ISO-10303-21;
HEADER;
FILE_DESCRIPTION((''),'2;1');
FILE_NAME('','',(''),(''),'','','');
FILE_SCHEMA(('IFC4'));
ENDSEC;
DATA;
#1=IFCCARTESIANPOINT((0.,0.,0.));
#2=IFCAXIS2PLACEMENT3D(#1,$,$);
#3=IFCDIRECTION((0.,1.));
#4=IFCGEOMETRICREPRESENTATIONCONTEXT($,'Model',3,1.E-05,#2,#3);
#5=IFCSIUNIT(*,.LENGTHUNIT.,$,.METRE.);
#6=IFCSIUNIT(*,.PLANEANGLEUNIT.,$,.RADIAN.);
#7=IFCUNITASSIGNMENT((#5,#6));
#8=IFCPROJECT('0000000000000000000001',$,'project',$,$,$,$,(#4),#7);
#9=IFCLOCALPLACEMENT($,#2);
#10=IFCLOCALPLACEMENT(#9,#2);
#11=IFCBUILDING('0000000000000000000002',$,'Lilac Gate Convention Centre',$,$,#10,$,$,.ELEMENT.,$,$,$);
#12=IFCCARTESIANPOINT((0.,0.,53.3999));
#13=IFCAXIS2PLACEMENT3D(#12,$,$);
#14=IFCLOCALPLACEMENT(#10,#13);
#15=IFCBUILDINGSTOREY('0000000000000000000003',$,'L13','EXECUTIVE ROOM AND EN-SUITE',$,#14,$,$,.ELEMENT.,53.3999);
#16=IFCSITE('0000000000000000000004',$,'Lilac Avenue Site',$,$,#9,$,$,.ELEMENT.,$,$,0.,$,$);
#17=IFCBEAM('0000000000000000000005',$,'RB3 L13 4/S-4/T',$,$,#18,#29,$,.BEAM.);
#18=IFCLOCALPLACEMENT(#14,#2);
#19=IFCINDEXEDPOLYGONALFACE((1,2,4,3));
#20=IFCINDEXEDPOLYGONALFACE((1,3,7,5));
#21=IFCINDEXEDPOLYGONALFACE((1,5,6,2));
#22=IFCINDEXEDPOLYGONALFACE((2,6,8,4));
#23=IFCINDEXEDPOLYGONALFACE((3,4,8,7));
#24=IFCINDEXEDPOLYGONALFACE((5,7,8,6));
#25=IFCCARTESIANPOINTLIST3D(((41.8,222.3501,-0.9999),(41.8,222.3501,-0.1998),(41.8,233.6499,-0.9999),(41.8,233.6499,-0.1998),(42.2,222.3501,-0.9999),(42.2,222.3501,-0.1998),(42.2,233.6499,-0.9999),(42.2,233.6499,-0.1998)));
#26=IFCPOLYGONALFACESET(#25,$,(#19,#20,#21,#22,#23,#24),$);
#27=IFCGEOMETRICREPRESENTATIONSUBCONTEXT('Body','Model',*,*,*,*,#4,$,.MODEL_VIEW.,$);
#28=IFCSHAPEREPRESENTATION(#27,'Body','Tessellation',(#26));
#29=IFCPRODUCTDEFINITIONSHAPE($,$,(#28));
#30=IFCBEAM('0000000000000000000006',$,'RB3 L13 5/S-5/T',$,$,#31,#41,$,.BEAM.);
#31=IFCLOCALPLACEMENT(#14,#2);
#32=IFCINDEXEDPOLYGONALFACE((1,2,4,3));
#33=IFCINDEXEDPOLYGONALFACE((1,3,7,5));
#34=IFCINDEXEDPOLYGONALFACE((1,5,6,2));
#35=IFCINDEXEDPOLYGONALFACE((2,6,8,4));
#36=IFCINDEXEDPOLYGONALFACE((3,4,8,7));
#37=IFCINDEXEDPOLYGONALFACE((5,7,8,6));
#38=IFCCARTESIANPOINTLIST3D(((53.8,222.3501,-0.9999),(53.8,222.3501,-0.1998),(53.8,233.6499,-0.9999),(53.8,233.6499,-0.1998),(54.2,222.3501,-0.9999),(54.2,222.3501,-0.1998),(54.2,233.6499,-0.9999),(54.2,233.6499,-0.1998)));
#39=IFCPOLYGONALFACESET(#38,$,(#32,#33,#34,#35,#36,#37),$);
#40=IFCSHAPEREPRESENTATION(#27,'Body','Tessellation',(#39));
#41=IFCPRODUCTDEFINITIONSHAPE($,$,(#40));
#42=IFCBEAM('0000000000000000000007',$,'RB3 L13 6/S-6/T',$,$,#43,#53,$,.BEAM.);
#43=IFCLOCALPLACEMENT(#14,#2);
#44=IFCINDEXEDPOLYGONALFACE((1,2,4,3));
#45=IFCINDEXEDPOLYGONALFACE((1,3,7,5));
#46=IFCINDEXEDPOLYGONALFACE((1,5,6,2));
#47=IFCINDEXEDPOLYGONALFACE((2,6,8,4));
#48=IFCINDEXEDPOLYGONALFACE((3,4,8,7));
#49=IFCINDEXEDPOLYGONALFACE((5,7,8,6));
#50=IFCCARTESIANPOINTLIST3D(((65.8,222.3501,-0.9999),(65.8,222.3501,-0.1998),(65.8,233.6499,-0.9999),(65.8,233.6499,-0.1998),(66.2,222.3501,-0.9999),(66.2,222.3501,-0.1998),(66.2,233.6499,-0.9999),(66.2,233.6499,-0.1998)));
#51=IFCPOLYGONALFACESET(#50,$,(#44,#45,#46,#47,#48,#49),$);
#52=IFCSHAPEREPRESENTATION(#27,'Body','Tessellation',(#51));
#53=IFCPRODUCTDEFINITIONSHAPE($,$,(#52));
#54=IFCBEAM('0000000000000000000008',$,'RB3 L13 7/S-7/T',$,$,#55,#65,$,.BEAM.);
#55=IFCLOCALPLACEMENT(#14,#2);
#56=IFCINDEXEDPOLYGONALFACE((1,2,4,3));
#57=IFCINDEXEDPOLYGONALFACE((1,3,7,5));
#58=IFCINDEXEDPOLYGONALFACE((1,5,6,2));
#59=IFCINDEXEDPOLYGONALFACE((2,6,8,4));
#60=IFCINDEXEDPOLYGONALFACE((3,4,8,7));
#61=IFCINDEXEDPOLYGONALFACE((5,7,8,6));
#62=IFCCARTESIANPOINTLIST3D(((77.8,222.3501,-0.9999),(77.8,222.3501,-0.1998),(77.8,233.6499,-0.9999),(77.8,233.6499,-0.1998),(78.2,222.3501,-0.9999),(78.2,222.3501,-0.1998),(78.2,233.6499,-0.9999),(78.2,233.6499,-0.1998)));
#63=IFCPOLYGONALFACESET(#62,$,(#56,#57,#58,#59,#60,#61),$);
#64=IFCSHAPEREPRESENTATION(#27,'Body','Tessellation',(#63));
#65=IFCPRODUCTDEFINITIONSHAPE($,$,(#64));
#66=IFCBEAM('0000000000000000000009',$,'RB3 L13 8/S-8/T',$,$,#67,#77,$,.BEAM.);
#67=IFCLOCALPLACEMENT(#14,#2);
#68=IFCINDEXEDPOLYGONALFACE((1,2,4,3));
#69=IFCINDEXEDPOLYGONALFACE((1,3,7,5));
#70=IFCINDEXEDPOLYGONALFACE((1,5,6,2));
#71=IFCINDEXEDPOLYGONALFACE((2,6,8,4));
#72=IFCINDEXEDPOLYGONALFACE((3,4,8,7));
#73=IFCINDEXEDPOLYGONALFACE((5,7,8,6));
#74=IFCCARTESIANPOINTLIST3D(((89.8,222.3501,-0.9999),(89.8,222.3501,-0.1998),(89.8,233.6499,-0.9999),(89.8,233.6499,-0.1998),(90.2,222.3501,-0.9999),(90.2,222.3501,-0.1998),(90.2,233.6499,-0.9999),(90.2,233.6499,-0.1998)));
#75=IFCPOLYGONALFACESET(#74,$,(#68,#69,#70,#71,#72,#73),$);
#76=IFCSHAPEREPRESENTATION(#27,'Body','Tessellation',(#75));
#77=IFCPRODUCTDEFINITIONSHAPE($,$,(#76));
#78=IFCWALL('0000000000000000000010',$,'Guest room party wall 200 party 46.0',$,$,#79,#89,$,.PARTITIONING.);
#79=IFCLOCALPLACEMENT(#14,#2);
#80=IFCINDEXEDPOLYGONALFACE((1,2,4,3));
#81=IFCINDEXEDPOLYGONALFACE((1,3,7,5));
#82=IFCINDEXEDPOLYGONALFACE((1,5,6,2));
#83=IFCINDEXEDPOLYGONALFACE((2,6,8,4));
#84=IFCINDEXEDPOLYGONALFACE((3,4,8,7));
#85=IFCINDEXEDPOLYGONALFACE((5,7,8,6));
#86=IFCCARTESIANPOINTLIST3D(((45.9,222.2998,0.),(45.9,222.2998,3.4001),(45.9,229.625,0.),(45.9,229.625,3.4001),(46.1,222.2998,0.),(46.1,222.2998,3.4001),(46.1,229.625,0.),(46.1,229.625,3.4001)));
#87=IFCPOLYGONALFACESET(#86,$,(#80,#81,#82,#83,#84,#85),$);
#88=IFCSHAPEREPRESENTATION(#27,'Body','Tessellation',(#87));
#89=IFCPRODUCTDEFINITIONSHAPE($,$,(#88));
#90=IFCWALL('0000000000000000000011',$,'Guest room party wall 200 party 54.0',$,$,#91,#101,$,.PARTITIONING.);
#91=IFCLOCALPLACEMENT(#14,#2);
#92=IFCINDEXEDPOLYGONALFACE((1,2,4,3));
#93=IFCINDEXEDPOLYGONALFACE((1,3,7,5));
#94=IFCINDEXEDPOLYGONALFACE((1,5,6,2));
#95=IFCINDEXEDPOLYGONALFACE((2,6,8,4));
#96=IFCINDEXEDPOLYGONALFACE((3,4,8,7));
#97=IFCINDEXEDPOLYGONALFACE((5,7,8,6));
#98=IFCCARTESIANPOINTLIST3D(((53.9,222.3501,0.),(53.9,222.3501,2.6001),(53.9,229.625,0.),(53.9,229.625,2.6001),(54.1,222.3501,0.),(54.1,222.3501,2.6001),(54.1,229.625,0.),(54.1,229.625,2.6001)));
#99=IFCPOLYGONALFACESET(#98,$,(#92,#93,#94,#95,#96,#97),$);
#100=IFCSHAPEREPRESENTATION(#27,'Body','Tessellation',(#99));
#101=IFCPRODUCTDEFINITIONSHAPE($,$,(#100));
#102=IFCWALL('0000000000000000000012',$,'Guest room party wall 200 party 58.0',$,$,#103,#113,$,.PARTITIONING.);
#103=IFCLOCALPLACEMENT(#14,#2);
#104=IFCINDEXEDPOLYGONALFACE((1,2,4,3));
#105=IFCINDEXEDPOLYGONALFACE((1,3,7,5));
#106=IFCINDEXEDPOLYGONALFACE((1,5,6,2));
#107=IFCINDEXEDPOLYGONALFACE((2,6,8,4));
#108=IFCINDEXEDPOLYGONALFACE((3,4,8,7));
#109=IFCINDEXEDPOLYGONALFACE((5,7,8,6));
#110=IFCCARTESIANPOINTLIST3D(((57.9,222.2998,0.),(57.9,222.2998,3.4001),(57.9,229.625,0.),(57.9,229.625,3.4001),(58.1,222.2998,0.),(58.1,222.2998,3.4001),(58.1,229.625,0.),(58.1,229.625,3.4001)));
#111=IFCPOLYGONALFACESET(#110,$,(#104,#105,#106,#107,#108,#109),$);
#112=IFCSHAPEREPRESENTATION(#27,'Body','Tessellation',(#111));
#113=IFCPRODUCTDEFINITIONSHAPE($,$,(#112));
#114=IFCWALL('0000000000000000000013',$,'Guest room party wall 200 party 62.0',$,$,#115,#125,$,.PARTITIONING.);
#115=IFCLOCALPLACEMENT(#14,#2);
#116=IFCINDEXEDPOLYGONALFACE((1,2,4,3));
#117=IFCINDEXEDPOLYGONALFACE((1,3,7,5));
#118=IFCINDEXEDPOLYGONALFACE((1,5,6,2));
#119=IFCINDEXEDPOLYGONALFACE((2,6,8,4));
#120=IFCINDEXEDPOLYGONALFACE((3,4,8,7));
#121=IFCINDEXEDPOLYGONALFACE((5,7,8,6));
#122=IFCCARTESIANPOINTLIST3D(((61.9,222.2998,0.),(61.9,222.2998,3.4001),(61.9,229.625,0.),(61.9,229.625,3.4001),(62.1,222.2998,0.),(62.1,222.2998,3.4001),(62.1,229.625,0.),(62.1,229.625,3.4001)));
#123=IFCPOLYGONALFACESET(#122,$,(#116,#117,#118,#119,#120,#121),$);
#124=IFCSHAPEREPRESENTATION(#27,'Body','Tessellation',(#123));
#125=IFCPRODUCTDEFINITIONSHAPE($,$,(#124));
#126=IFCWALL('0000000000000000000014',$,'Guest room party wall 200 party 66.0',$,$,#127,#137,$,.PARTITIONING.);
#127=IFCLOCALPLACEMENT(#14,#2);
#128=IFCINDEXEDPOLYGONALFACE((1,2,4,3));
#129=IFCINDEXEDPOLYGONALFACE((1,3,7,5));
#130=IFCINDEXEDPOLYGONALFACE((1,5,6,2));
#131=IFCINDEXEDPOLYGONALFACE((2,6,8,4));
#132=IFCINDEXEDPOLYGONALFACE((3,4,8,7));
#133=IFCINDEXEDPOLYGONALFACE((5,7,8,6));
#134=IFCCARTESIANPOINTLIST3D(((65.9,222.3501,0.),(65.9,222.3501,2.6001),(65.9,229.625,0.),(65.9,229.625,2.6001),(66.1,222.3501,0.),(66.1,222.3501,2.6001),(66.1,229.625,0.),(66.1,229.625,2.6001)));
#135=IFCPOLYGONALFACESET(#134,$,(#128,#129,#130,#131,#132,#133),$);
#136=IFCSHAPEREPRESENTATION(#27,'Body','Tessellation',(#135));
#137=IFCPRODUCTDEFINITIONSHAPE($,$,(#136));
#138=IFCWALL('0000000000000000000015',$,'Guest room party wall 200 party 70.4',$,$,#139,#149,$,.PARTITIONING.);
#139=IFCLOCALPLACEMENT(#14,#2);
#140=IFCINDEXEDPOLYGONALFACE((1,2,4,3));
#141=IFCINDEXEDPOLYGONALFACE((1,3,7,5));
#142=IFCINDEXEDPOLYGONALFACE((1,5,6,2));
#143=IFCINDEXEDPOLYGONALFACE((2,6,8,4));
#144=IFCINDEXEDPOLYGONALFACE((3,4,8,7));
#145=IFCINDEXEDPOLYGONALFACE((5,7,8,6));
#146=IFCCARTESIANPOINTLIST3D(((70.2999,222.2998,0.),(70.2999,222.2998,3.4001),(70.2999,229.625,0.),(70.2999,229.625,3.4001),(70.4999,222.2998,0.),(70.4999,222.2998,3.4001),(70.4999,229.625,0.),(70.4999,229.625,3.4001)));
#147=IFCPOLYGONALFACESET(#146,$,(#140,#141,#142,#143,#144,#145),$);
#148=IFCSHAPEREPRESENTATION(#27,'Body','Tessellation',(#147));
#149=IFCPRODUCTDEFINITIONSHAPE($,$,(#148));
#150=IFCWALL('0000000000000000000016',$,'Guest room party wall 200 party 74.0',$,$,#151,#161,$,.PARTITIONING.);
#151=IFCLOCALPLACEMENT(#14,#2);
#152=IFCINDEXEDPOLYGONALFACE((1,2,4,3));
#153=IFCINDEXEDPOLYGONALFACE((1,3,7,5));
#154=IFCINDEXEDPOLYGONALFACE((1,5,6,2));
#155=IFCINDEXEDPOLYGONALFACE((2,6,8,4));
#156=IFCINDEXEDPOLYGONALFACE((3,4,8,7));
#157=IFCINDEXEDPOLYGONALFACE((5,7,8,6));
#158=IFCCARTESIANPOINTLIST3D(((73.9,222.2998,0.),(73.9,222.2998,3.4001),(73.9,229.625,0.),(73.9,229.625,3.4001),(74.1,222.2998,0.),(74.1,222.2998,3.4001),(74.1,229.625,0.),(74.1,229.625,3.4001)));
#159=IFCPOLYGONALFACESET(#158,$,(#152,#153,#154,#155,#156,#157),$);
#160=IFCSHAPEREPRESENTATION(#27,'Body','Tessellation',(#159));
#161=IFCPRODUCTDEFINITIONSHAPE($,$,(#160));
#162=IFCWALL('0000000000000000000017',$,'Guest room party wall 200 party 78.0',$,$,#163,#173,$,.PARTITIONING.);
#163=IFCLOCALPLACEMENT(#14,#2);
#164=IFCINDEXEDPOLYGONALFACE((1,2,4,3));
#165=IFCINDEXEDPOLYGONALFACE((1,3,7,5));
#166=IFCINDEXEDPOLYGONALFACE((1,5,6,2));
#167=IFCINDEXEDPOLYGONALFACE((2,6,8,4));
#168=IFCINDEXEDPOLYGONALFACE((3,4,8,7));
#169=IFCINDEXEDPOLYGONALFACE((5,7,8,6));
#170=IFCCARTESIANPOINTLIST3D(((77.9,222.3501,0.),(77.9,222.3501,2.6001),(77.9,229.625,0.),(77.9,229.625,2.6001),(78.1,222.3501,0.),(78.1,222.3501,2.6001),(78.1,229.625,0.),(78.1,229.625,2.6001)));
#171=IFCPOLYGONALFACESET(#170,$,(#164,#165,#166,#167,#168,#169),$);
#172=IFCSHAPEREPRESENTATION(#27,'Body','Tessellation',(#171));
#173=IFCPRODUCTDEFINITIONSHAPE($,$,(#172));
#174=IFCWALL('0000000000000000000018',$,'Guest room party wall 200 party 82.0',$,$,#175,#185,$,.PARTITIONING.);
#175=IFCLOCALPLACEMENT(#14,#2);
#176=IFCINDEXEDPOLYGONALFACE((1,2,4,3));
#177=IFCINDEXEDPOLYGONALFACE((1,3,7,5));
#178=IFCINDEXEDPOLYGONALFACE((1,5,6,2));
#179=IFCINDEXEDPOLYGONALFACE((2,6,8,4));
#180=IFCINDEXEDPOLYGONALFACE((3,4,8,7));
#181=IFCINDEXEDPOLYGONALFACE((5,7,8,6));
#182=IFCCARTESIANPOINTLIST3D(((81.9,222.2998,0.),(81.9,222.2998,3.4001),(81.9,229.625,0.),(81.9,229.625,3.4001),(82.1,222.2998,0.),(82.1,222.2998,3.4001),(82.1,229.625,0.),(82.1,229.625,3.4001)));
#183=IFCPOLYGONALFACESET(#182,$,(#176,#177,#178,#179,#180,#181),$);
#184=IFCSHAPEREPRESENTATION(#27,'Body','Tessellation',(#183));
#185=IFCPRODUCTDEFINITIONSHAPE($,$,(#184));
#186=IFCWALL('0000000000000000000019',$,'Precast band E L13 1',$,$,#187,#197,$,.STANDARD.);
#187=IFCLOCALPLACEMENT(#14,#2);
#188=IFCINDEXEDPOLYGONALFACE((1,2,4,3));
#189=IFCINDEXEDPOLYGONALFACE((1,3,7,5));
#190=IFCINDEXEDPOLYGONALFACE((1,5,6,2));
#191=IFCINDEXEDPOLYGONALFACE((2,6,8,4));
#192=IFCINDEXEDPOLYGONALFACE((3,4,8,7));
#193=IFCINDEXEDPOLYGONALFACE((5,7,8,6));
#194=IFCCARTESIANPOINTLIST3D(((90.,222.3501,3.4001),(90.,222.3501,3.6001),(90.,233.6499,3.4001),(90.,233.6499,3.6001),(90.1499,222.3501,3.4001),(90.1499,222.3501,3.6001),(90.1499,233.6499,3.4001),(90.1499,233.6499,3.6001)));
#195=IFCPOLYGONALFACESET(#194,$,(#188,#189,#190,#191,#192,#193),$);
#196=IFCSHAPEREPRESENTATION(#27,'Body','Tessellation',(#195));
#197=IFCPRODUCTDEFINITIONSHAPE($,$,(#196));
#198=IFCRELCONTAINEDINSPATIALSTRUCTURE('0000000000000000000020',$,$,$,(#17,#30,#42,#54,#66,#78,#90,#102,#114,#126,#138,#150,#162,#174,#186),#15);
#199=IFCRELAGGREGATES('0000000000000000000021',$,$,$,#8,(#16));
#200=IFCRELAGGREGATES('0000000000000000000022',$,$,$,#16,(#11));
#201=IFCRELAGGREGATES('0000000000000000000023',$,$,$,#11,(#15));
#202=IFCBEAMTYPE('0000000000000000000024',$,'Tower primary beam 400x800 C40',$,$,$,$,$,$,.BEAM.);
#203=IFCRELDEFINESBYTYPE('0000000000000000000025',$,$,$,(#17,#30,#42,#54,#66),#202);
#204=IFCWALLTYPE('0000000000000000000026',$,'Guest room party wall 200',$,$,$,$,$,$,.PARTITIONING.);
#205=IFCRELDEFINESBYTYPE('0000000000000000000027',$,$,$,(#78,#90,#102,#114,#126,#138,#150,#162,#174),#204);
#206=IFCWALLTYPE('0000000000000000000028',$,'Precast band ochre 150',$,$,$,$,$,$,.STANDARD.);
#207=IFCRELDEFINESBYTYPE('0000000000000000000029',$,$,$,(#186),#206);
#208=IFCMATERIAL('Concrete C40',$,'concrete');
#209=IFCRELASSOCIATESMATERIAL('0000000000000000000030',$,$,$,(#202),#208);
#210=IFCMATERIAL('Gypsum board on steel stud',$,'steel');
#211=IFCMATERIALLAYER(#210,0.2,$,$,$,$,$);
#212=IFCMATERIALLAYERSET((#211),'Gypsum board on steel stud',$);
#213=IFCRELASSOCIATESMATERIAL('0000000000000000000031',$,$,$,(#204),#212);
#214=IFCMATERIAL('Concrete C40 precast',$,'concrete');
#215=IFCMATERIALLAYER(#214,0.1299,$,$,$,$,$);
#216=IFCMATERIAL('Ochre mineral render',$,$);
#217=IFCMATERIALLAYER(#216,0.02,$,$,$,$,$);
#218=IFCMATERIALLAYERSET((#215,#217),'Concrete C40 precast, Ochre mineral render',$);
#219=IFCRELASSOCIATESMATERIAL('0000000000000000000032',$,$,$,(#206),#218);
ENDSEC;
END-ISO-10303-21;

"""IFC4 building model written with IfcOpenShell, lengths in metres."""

from ifc_helpers import new_model, si_unit, direction, frame, frame_2d, origin, origin_2d, place, context, subcontext, project, spatial, rectangle, extrude, material, layer, layer_set, material_profile, profile_set, type_object, element, save


model = new_model("IFC4")

# Units and contexts
model_context = context("Model", 3, precision=1e-05, world=origin(), true_north=direction((0.0, 1.0)))
body_context = subcontext(model_context, "Body", "Model", "MODEL_VIEW")
ifc_project = project(units=[si_unit("LENGTHUNIT", "METRE"), si_unit("PLANEANGLEUNIT", "RADIAN")], contexts=[model_context])

# Site, building, storey
site_placement = place(None, origin())
site = spatial("IfcSite", under=ifc_project, at=site_placement, Name="Lilac Avenue Site", CompositionType="ELEMENT", RefElevation=0.0)
building_placement = place(site_placement, origin())
building = spatial("IfcBuilding", under=site, at=building_placement, Name="Lilac Gate Convention Centre", CompositionType="ELEMENT")
storey_placement = place(building_placement, frame((0.0, 0.0, 53.3999)))
storey = spatial("IfcBuildingStorey", under=building, at=storey_placement, Name="L13", Description="EXECUTIVE ROOM AND EN-SUITE", CompositionType="ELEMENT", Elevation=53.3999)

# Beams
ifc_material_1 = material(Name="Concrete C40", Category="concrete")
ifc_material_profile = material_profile(ifc_material_1, rectangle(XDim=0.3999, YDim=0.8, at=origin_2d()), Name="RC 400x800")
ifc_profile_set = profile_set([ifc_material_profile], Name="Concrete C40")
beam_type = type_object("IfcBeamType", Name="Tower primary beam 400x800 C40", PredefinedType="BEAM", material=ifc_profile_set)
for number, where, z_axis, x_axis, name in (
    (1, (42.0, 222.3501, -0.5999), (0.0, 1.0, 0.0), (-1.0, 0.0, 0.0), "RB3 L13 4/S-4/T"),
    (2, (54.0, 222.3501, -0.5999), (0.0, 1.0, 0.0), (-1.0, 0.0, 0.0), "RB3 L13 5/S-5/T"),
    (3, (66.0, 222.3501, -0.5999), (0.0, 1.0, 0.0), (-1.0, 0.0, 0.0), "RB3 L13 6/S-6/T"),
    (4, (78.0, 222.3501, -0.5999), (0.0, 1.0, 0.0), (-1.0, 0.0, 0.0), "RB3 L13 7/S-7/T"),
    (5, (90.0, 222.3501, -0.5999), (0.0, 1.0, 0.0), (-1.0, 0.0, 0.0), "RB3 L13 8/S-8/T"),
):
    element("IfcBeam", number, at=place(storey_placement, frame(where, z_axis=z_axis, x_axis=x_axis)), inside=storey, type_object=beam_type, Name=name, PredefinedType="BEAM", context=body_context, shape_type="SweptSolid", body=[
        extrude(rectangle(XDim=0.3999, YDim=0.8, at=origin_2d()), origin(), (0.0, 0.0, 1.0), 11.2998),
    ])

# Walls
ifc_material_2 = material(Name="Gypsum board on steel stud", Category="steel")
ifc_layer_1 = layer(ifc_material_2, 0.2)
ifc_layer_set_1 = layer_set([ifc_layer_1], Name="Gypsum board on steel stud")
wall_type_1 = type_object("IfcWallType", Name="Guest room party wall 200", PredefinedType="PARTITIONING", material=ifc_layer_set_1)
wall_1_placement = place(storey_placement, frame((46.0, 222.2998, 0.0), z_axis=(0.0, 0.0, 1.0), x_axis=(0.0, 1.0, 0.0)))
element("IfcWall", 6, at=wall_1_placement, inside=storey, type_object=wall_type_1, Name="Guest room party wall 200 party 46.0", PredefinedType="PARTITIONING", context=body_context, shape_type="SweptSolid", body=[
    extrude(rectangle(XDim=7.3252, YDim=0.2, at=frame_2d((3.6626, 0.0))), origin(), (0.0, 0.0, 1.0), 3.4001),
])
wall_2_placement = place(storey_placement, frame((54.0, 222.3501, 0.0), z_axis=(0.0, 0.0, 1.0), x_axis=(0.0, 1.0, 0.0)))
element("IfcWall", 7, at=wall_2_placement, inside=storey, type_object=wall_type_1, Name="Guest room party wall 200 party 54.0", PredefinedType="PARTITIONING", context=body_context, shape_type="SweptSolid", body=[
    extrude(rectangle(XDim=7.2749, YDim=0.2, at=frame_2d((3.6375, 0.0))), origin(), (0.0, 0.0, 1.0), 2.6001),
])
for number, where, z_axis, x_axis, name in (
    (8, (58.0, 222.2998, 0.0), (0.0, 0.0, 1.0), (0.0, 1.0, 0.0), "Guest room party wall 200 party 58.0"),
    (9, (62.0, 222.2998, 0.0), (0.0, 0.0, 1.0), (0.0, 1.0, 0.0), "Guest room party wall 200 party 62.0"),
):
    element("IfcWall", number, at=place(storey_placement, frame(where, z_axis=z_axis, x_axis=x_axis)), inside=storey, type_object=wall_type_1, Name=name, PredefinedType="PARTITIONING", context=body_context, shape_type="SweptSolid", body=[
        extrude(rectangle(XDim=7.3252, YDim=0.2, at=frame_2d((3.6626, 0.0))), origin(), (0.0, 0.0, 1.0), 3.4001),
    ])
wall_3_placement = place(storey_placement, frame((66.0, 222.3501, 0.0), z_axis=(0.0, 0.0, 1.0), x_axis=(0.0, 1.0, 0.0)))
element("IfcWall", 10, at=wall_3_placement, inside=storey, type_object=wall_type_1, Name="Guest room party wall 200 party 66.0", PredefinedType="PARTITIONING", context=body_context, shape_type="SweptSolid", body=[
    extrude(rectangle(XDim=7.2749, YDim=0.2, at=frame_2d((3.6375, 0.0))), origin(), (0.0, 0.0, 1.0), 2.6001),
])
for number, where, z_axis, x_axis, name in (
    (11, (70.3999, 222.2998, 0.0), (0.0, 0.0, 1.0), (0.0, 1.0, 0.0), "Guest room party wall 200 party 70.4"),
    (12, (74.0, 222.2998, 0.0), (0.0, 0.0, 1.0), (0.0, 1.0, 0.0), "Guest room party wall 200 party 74.0"),
):
    element("IfcWall", number, at=place(storey_placement, frame(where, z_axis=z_axis, x_axis=x_axis)), inside=storey, type_object=wall_type_1, Name=name, PredefinedType="PARTITIONING", context=body_context, shape_type="SweptSolid", body=[
        extrude(rectangle(XDim=7.3252, YDim=0.2, at=frame_2d((3.6626, 0.0))), origin(), (0.0, 0.0, 1.0), 3.4001),
    ])
wall_4_placement = place(storey_placement, frame((78.0, 222.3501, 0.0), z_axis=(0.0, 0.0, 1.0), x_axis=(0.0, 1.0, 0.0)))
element("IfcWall", 13, at=wall_4_placement, inside=storey, type_object=wall_type_1, Name="Guest room party wall 200 party 78.0", PredefinedType="PARTITIONING", context=body_context, shape_type="SweptSolid", body=[
    extrude(rectangle(XDim=7.2749, YDim=0.2, at=frame_2d((3.6375, 0.0))), origin(), (0.0, 0.0, 1.0), 2.6001),
])
wall_5_placement = place(storey_placement, frame((82.0, 222.2998, 0.0), z_axis=(0.0, 0.0, 1.0), x_axis=(0.0, 1.0, 0.0)))
element("IfcWall", 14, at=wall_5_placement, inside=storey, type_object=wall_type_1, Name="Guest room party wall 200 party 82.0", PredefinedType="PARTITIONING", context=body_context, shape_type="SweptSolid", body=[
    extrude(rectangle(XDim=7.3252, YDim=0.2, at=frame_2d((3.6626, 0.0))), origin(), (0.0, 0.0, 1.0), 3.4001),
])
ifc_material_3 = material(Name="Concrete C40 precast", Category="concrete")
ifc_layer_2 = layer(ifc_material_3, 0.1299)
ifc_material_4 = material(Name="Ochre mineral render")
ifc_layer_3 = layer(ifc_material_4, 0.02)
ifc_layer_set_2 = layer_set([ifc_layer_2, ifc_layer_3], Name="Concrete C40 precast, Ochre mineral render")
wall_type_2 = type_object("IfcWallType", Name="Precast band ochre 150", PredefinedType="STANDARD", material=ifc_layer_set_2)
wall_6_placement = place(storey_placement, frame((90.075, 222.3501, 3.4001), z_axis=(0.0, 0.0, 1.0), x_axis=(0.0, 1.0, 0.0)))
element("IfcWall", 15, at=wall_6_placement, inside=storey, type_object=wall_type_2, Name="Precast band E L13 1", PredefinedType="STANDARD", context=body_context, shape_type="SweptSolid", body=[
    extrude(rectangle(XDim=11.2998, YDim=0.1499, at=frame_2d((5.6499, 0.0))), origin(), (0.0, 0.0, 1.0), 0.2),
])

save(model, "model.ifc")
